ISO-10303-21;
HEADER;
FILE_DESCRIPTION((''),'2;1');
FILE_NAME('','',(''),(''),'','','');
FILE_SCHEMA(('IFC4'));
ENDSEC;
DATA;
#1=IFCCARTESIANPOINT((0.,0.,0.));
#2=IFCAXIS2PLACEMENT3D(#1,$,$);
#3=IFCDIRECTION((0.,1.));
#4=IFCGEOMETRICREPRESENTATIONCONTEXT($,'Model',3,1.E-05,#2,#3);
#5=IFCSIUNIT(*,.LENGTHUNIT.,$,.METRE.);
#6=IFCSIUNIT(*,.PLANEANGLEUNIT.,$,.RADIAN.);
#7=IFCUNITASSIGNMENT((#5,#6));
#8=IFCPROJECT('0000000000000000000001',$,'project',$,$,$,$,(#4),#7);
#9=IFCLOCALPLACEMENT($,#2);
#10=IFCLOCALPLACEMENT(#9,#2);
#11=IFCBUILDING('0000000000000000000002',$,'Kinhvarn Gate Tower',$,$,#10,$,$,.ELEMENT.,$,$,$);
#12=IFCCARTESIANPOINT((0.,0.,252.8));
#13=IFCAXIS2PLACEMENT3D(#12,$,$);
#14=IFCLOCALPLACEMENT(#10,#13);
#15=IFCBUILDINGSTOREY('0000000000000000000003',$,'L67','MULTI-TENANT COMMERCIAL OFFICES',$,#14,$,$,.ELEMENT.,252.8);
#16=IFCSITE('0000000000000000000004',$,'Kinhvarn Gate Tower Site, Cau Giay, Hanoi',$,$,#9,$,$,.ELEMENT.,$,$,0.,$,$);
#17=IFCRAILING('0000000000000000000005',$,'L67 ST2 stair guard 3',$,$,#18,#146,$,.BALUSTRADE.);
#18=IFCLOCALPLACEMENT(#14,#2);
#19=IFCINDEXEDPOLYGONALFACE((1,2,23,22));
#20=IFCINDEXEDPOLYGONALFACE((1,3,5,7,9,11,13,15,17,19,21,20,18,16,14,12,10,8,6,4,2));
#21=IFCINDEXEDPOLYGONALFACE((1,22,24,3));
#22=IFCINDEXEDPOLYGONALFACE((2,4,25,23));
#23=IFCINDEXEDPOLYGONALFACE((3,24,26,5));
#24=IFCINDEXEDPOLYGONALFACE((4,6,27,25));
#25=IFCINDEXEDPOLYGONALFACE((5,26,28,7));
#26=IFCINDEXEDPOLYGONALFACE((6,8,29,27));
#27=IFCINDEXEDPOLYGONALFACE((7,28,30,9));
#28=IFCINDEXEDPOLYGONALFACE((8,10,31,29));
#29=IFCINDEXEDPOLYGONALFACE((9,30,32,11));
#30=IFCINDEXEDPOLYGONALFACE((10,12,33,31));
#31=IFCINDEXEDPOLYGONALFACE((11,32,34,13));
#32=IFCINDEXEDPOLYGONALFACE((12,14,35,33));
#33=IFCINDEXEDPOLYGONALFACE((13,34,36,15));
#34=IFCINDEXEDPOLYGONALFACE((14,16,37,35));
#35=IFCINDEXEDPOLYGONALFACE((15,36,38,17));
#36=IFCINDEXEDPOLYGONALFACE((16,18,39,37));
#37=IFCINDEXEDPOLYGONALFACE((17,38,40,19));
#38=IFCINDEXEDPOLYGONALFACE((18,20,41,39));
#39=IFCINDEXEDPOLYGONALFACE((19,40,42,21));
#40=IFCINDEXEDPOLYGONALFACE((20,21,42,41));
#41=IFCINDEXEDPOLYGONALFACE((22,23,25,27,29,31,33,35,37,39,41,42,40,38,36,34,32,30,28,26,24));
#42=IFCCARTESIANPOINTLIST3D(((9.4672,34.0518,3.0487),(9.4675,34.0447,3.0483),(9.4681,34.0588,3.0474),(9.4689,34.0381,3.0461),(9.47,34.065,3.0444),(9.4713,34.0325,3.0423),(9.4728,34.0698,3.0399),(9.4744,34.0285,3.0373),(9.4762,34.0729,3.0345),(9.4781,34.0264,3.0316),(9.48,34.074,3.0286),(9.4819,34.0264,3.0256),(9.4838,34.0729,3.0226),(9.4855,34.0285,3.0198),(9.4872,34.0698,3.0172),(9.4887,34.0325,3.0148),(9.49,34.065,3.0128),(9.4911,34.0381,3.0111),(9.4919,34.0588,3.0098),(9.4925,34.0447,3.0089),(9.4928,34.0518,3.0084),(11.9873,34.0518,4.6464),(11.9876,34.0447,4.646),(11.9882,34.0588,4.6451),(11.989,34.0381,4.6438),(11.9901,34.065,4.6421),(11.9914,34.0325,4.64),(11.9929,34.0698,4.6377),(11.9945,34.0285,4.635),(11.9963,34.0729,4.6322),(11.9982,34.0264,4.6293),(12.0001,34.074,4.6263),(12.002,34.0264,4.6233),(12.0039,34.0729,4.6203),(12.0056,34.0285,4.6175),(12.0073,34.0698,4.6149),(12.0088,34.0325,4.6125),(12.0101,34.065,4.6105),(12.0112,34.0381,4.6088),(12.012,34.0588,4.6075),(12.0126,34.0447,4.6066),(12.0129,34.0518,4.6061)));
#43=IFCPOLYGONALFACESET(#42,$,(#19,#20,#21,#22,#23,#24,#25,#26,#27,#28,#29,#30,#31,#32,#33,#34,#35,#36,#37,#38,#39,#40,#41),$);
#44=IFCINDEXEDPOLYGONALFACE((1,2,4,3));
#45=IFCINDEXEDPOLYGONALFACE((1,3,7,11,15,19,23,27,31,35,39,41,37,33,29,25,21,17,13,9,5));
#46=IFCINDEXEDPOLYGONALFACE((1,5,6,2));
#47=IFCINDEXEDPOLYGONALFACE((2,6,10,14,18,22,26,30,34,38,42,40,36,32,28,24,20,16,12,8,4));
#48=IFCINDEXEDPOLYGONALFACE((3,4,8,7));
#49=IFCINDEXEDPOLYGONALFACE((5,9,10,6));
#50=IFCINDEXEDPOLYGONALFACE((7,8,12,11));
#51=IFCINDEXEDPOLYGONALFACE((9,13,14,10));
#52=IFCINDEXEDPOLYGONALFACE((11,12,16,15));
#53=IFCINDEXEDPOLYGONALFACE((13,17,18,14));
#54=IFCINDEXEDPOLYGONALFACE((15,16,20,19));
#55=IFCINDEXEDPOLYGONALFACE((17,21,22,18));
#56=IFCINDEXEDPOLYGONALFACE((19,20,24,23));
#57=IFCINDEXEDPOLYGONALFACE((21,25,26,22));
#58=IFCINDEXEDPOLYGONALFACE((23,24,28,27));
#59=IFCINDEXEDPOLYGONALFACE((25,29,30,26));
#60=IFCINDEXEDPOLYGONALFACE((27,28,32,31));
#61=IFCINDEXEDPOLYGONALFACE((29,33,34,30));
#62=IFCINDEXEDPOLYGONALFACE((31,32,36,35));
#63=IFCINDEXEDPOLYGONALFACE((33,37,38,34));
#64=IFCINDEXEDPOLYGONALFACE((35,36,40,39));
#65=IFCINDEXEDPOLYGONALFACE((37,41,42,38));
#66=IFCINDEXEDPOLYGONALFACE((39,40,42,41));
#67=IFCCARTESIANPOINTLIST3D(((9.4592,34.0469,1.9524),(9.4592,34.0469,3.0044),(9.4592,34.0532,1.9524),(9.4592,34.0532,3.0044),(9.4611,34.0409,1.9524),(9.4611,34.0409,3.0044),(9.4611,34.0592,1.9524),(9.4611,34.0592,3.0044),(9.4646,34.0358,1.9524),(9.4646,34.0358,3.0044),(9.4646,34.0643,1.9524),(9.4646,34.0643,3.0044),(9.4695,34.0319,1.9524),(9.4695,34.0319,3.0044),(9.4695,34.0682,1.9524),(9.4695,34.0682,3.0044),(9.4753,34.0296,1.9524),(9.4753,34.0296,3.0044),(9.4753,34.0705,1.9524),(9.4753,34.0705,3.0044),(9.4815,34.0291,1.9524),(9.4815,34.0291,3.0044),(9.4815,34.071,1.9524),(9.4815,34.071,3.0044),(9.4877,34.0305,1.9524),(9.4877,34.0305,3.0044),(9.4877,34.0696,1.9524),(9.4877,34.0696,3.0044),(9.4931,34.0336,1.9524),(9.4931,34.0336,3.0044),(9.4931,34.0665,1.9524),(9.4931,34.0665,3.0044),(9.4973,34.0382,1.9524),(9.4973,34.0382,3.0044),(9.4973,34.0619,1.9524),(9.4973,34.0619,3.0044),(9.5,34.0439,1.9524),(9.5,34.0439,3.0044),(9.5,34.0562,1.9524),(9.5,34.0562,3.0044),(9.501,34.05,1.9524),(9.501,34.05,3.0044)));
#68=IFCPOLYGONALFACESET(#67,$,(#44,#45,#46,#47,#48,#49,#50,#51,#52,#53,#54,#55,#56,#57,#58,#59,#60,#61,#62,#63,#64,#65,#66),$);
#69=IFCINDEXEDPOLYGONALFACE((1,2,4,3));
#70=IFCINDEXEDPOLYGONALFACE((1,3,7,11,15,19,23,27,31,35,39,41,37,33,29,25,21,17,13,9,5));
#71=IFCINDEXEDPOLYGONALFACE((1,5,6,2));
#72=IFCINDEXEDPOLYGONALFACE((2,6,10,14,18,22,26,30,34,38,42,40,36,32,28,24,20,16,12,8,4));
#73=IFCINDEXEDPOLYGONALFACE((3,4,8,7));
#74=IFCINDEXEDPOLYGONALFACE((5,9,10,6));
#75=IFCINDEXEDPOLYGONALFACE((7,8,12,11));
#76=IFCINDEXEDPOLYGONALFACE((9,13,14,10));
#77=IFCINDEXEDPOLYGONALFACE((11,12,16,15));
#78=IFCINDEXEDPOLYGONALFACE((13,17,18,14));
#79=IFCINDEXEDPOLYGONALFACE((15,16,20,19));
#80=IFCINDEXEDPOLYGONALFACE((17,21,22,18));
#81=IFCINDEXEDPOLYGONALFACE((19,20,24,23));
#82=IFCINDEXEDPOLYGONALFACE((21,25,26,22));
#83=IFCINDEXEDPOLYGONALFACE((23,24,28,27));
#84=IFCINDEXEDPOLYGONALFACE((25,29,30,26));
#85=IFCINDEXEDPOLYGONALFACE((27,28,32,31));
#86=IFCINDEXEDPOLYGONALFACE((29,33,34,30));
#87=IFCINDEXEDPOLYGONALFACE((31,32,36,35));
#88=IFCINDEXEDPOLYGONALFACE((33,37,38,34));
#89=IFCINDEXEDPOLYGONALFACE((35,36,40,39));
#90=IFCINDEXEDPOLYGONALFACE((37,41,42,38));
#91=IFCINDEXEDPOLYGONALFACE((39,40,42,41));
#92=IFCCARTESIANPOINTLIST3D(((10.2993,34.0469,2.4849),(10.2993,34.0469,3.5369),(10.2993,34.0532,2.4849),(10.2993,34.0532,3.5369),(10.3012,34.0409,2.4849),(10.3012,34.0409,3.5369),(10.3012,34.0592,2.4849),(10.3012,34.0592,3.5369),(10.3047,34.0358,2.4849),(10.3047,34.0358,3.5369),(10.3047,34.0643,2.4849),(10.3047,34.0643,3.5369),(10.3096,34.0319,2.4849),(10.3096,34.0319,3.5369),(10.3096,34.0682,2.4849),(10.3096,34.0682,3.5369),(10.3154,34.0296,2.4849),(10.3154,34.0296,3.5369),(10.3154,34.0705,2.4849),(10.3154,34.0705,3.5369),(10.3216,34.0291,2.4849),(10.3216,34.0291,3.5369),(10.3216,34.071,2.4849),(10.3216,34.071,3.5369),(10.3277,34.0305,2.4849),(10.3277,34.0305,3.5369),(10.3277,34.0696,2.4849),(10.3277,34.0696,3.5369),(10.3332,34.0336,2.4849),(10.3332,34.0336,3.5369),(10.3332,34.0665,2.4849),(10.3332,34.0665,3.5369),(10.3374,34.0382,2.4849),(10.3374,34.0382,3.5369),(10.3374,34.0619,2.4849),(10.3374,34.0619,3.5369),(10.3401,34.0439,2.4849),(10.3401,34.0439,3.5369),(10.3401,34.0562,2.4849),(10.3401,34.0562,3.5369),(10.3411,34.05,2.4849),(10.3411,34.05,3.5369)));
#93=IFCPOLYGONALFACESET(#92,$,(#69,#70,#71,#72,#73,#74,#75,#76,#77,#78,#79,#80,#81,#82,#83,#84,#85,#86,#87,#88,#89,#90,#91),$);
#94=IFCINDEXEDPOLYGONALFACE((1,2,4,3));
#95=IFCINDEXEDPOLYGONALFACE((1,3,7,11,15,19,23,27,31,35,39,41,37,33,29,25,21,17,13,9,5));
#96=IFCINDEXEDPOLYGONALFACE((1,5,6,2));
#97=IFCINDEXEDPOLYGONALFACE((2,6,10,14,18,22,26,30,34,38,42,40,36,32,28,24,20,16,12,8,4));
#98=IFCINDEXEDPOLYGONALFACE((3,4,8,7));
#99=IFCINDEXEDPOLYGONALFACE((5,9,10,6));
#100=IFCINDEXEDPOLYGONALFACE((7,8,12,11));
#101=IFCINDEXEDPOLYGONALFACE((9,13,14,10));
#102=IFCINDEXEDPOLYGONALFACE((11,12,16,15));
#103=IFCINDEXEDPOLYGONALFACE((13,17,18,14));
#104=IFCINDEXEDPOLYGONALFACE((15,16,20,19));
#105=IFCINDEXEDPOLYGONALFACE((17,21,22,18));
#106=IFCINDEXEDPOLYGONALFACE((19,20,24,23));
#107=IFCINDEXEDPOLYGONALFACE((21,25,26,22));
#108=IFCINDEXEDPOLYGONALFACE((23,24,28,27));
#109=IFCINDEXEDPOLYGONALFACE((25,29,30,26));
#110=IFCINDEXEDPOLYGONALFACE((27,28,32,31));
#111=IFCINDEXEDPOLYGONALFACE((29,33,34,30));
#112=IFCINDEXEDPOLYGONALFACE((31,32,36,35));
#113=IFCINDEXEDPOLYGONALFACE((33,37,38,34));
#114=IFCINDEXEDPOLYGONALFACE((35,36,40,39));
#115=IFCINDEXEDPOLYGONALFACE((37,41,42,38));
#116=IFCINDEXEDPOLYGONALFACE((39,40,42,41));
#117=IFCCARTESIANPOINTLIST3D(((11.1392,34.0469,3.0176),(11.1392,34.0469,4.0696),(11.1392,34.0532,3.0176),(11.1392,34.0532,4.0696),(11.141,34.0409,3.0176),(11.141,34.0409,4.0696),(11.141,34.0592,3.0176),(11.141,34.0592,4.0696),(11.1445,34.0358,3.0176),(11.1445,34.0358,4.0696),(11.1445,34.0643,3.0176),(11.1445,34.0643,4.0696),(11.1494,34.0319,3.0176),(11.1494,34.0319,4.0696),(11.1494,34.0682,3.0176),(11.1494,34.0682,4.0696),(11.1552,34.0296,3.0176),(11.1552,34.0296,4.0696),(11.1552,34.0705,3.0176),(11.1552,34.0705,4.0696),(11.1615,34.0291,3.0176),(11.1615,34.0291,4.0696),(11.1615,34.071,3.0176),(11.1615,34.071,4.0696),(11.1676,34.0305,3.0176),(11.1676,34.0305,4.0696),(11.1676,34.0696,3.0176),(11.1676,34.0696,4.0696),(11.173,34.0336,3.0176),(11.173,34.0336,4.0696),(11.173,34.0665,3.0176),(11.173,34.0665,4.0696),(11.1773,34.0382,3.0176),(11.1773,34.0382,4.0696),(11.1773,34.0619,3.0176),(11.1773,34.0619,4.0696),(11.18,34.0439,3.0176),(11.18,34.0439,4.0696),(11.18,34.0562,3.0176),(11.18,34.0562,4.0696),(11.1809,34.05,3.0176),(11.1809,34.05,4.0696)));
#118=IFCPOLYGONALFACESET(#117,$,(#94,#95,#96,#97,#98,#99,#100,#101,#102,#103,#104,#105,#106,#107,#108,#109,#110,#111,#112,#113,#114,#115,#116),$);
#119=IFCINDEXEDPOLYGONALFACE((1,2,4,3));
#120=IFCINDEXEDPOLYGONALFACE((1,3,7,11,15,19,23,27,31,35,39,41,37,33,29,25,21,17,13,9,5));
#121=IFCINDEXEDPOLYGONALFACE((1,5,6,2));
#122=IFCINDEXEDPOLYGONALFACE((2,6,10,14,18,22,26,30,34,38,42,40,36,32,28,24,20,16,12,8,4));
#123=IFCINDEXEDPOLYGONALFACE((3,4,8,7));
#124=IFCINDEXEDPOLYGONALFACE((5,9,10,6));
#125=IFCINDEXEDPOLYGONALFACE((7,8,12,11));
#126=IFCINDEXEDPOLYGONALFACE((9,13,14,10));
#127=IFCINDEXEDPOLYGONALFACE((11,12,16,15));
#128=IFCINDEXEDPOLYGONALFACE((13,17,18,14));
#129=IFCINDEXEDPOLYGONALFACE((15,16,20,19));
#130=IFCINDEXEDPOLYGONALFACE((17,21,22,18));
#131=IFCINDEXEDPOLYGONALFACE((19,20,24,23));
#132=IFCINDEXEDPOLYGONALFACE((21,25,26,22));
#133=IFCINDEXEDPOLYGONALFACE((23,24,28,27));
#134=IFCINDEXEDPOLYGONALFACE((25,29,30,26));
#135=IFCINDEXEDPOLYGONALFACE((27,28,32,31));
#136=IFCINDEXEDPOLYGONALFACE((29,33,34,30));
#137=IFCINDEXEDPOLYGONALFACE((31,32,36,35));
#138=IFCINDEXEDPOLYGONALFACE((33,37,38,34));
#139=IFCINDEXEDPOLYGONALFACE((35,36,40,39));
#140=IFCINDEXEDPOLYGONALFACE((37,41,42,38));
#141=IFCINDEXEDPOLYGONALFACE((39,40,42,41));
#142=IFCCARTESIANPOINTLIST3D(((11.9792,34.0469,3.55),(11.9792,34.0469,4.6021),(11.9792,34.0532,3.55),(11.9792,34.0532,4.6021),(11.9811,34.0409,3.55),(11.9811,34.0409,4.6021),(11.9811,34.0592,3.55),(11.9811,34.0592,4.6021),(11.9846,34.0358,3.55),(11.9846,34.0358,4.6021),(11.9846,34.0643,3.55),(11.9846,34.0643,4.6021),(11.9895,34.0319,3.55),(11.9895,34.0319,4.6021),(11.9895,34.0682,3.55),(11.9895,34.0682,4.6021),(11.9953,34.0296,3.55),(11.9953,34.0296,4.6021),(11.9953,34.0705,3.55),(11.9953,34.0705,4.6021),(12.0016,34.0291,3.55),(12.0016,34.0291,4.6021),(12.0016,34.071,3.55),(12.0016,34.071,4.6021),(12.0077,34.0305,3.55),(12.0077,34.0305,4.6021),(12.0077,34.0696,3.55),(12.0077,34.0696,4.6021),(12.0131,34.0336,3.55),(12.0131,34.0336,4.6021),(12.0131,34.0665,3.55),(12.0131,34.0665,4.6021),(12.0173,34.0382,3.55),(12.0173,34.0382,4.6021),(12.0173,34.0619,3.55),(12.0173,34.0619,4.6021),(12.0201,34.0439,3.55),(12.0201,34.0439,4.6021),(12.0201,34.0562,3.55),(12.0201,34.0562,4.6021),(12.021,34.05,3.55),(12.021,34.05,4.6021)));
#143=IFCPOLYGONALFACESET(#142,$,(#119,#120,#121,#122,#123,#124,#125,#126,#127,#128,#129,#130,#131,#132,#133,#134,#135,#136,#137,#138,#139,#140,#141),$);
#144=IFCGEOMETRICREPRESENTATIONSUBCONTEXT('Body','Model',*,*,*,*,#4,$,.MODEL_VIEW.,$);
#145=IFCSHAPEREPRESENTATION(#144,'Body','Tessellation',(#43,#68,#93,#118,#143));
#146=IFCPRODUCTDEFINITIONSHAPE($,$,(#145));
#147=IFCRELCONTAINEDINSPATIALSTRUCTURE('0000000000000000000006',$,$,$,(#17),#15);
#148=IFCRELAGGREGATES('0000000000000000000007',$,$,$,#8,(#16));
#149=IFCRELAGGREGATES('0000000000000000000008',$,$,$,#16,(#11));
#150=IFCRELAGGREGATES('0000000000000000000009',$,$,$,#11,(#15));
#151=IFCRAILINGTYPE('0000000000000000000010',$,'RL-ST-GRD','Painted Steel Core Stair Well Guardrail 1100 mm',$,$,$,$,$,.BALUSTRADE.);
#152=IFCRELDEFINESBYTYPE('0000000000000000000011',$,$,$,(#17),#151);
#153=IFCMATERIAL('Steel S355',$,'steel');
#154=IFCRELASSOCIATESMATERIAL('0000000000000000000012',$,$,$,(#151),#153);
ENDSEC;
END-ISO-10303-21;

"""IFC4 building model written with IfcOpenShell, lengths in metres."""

from ifc_helpers import new_model, si_unit, direction, frame, origin, origin_2d, place, context, subcontext, project, spatial, circle, extrude, material, type_object, element, save


model = new_model("IFC4")

# Units and contexts
model_context = context("Model", 3, precision=1e-05, world=origin(), true_north=direction((0.0, 1.0)))
body_context = subcontext(model_context, "Body", "Model", "MODEL_VIEW")
ifc_project = project(units=[si_unit("LENGTHUNIT", "METRE"), si_unit("PLANEANGLEUNIT", "RADIAN")], contexts=[model_context])

# Site, building, storey
site_placement = place(None, origin())
site = spatial("IfcSite", under=ifc_project, at=site_placement, Name="Kinhvarn Gate Tower Site, Cau Giay, Hanoi", CompositionType="ELEMENT", RefElevation=0.0)
building_placement = place(site_placement, origin())
building = spatial("IfcBuilding", under=site, at=building_placement, Name="Kinhvarn Gate Tower", CompositionType="ELEMENT")
storey_placement = place(building_placement, frame((0.0, 0.0, 252.8)))
storey = spatial("IfcBuildingStorey", under=building, at=storey_placement, Name="L67", Description="MULTI-TENANT COMMERCIAL OFFICES", CompositionType="ELEMENT", Elevation=252.8)

# Railing
ifc_material_1 = material(Name="Steel S355", Category="steel")
railing_type_1 = type_object("IfcRailingType", Name="RL-ST-GRD", Description="Painted Steel Core Stair Well Guardrail 1100 mm", PredefinedType="BALUSTRADE", material=ifc_material_1)
railing_1_placement = place(storey_placement, frame((9.48, 34.05, 1.9524)))
element("IfcRailing", 1, at=railing_1_placement, inside=storey, type_object=railing_type_1, Name="L67 ST2 stair guard 3", PredefinedType="BALUSTRADE", context=body_context, shape_type="SweptSolid", body=[
    extrude(circle(Radius=0.0239, at=origin_2d()), frame((0.0, 0.0, 1.0762), z_axis=(0.84457, 0.0, 0.535445), x_axis=(0.0, 1.0, 0.0)), (0.0, 0.0, 1.0), 2.9839),
    extrude(circle(Radius=0.021, at=origin_2d()), origin(), (0.0, 0.0, 1.0), 1.052),
    extrude(circle(Radius=0.021, at=origin_2d()), frame((0.8401, 0.0, 0.5325)), (0.0, 0.0, 1.0), 1.052),
    extrude(circle(Radius=0.021, at=origin_2d()), frame((1.6799, 0.0, 1.0652)), (0.0, 0.0, 1.0), 1.052),
    extrude(circle(Radius=0.021, at=origin_2d()), frame((2.52, 0.0, 1.5977)), (0.0, 0.0, 1.0), 1.052),
])

save(model, "model.ifc")
